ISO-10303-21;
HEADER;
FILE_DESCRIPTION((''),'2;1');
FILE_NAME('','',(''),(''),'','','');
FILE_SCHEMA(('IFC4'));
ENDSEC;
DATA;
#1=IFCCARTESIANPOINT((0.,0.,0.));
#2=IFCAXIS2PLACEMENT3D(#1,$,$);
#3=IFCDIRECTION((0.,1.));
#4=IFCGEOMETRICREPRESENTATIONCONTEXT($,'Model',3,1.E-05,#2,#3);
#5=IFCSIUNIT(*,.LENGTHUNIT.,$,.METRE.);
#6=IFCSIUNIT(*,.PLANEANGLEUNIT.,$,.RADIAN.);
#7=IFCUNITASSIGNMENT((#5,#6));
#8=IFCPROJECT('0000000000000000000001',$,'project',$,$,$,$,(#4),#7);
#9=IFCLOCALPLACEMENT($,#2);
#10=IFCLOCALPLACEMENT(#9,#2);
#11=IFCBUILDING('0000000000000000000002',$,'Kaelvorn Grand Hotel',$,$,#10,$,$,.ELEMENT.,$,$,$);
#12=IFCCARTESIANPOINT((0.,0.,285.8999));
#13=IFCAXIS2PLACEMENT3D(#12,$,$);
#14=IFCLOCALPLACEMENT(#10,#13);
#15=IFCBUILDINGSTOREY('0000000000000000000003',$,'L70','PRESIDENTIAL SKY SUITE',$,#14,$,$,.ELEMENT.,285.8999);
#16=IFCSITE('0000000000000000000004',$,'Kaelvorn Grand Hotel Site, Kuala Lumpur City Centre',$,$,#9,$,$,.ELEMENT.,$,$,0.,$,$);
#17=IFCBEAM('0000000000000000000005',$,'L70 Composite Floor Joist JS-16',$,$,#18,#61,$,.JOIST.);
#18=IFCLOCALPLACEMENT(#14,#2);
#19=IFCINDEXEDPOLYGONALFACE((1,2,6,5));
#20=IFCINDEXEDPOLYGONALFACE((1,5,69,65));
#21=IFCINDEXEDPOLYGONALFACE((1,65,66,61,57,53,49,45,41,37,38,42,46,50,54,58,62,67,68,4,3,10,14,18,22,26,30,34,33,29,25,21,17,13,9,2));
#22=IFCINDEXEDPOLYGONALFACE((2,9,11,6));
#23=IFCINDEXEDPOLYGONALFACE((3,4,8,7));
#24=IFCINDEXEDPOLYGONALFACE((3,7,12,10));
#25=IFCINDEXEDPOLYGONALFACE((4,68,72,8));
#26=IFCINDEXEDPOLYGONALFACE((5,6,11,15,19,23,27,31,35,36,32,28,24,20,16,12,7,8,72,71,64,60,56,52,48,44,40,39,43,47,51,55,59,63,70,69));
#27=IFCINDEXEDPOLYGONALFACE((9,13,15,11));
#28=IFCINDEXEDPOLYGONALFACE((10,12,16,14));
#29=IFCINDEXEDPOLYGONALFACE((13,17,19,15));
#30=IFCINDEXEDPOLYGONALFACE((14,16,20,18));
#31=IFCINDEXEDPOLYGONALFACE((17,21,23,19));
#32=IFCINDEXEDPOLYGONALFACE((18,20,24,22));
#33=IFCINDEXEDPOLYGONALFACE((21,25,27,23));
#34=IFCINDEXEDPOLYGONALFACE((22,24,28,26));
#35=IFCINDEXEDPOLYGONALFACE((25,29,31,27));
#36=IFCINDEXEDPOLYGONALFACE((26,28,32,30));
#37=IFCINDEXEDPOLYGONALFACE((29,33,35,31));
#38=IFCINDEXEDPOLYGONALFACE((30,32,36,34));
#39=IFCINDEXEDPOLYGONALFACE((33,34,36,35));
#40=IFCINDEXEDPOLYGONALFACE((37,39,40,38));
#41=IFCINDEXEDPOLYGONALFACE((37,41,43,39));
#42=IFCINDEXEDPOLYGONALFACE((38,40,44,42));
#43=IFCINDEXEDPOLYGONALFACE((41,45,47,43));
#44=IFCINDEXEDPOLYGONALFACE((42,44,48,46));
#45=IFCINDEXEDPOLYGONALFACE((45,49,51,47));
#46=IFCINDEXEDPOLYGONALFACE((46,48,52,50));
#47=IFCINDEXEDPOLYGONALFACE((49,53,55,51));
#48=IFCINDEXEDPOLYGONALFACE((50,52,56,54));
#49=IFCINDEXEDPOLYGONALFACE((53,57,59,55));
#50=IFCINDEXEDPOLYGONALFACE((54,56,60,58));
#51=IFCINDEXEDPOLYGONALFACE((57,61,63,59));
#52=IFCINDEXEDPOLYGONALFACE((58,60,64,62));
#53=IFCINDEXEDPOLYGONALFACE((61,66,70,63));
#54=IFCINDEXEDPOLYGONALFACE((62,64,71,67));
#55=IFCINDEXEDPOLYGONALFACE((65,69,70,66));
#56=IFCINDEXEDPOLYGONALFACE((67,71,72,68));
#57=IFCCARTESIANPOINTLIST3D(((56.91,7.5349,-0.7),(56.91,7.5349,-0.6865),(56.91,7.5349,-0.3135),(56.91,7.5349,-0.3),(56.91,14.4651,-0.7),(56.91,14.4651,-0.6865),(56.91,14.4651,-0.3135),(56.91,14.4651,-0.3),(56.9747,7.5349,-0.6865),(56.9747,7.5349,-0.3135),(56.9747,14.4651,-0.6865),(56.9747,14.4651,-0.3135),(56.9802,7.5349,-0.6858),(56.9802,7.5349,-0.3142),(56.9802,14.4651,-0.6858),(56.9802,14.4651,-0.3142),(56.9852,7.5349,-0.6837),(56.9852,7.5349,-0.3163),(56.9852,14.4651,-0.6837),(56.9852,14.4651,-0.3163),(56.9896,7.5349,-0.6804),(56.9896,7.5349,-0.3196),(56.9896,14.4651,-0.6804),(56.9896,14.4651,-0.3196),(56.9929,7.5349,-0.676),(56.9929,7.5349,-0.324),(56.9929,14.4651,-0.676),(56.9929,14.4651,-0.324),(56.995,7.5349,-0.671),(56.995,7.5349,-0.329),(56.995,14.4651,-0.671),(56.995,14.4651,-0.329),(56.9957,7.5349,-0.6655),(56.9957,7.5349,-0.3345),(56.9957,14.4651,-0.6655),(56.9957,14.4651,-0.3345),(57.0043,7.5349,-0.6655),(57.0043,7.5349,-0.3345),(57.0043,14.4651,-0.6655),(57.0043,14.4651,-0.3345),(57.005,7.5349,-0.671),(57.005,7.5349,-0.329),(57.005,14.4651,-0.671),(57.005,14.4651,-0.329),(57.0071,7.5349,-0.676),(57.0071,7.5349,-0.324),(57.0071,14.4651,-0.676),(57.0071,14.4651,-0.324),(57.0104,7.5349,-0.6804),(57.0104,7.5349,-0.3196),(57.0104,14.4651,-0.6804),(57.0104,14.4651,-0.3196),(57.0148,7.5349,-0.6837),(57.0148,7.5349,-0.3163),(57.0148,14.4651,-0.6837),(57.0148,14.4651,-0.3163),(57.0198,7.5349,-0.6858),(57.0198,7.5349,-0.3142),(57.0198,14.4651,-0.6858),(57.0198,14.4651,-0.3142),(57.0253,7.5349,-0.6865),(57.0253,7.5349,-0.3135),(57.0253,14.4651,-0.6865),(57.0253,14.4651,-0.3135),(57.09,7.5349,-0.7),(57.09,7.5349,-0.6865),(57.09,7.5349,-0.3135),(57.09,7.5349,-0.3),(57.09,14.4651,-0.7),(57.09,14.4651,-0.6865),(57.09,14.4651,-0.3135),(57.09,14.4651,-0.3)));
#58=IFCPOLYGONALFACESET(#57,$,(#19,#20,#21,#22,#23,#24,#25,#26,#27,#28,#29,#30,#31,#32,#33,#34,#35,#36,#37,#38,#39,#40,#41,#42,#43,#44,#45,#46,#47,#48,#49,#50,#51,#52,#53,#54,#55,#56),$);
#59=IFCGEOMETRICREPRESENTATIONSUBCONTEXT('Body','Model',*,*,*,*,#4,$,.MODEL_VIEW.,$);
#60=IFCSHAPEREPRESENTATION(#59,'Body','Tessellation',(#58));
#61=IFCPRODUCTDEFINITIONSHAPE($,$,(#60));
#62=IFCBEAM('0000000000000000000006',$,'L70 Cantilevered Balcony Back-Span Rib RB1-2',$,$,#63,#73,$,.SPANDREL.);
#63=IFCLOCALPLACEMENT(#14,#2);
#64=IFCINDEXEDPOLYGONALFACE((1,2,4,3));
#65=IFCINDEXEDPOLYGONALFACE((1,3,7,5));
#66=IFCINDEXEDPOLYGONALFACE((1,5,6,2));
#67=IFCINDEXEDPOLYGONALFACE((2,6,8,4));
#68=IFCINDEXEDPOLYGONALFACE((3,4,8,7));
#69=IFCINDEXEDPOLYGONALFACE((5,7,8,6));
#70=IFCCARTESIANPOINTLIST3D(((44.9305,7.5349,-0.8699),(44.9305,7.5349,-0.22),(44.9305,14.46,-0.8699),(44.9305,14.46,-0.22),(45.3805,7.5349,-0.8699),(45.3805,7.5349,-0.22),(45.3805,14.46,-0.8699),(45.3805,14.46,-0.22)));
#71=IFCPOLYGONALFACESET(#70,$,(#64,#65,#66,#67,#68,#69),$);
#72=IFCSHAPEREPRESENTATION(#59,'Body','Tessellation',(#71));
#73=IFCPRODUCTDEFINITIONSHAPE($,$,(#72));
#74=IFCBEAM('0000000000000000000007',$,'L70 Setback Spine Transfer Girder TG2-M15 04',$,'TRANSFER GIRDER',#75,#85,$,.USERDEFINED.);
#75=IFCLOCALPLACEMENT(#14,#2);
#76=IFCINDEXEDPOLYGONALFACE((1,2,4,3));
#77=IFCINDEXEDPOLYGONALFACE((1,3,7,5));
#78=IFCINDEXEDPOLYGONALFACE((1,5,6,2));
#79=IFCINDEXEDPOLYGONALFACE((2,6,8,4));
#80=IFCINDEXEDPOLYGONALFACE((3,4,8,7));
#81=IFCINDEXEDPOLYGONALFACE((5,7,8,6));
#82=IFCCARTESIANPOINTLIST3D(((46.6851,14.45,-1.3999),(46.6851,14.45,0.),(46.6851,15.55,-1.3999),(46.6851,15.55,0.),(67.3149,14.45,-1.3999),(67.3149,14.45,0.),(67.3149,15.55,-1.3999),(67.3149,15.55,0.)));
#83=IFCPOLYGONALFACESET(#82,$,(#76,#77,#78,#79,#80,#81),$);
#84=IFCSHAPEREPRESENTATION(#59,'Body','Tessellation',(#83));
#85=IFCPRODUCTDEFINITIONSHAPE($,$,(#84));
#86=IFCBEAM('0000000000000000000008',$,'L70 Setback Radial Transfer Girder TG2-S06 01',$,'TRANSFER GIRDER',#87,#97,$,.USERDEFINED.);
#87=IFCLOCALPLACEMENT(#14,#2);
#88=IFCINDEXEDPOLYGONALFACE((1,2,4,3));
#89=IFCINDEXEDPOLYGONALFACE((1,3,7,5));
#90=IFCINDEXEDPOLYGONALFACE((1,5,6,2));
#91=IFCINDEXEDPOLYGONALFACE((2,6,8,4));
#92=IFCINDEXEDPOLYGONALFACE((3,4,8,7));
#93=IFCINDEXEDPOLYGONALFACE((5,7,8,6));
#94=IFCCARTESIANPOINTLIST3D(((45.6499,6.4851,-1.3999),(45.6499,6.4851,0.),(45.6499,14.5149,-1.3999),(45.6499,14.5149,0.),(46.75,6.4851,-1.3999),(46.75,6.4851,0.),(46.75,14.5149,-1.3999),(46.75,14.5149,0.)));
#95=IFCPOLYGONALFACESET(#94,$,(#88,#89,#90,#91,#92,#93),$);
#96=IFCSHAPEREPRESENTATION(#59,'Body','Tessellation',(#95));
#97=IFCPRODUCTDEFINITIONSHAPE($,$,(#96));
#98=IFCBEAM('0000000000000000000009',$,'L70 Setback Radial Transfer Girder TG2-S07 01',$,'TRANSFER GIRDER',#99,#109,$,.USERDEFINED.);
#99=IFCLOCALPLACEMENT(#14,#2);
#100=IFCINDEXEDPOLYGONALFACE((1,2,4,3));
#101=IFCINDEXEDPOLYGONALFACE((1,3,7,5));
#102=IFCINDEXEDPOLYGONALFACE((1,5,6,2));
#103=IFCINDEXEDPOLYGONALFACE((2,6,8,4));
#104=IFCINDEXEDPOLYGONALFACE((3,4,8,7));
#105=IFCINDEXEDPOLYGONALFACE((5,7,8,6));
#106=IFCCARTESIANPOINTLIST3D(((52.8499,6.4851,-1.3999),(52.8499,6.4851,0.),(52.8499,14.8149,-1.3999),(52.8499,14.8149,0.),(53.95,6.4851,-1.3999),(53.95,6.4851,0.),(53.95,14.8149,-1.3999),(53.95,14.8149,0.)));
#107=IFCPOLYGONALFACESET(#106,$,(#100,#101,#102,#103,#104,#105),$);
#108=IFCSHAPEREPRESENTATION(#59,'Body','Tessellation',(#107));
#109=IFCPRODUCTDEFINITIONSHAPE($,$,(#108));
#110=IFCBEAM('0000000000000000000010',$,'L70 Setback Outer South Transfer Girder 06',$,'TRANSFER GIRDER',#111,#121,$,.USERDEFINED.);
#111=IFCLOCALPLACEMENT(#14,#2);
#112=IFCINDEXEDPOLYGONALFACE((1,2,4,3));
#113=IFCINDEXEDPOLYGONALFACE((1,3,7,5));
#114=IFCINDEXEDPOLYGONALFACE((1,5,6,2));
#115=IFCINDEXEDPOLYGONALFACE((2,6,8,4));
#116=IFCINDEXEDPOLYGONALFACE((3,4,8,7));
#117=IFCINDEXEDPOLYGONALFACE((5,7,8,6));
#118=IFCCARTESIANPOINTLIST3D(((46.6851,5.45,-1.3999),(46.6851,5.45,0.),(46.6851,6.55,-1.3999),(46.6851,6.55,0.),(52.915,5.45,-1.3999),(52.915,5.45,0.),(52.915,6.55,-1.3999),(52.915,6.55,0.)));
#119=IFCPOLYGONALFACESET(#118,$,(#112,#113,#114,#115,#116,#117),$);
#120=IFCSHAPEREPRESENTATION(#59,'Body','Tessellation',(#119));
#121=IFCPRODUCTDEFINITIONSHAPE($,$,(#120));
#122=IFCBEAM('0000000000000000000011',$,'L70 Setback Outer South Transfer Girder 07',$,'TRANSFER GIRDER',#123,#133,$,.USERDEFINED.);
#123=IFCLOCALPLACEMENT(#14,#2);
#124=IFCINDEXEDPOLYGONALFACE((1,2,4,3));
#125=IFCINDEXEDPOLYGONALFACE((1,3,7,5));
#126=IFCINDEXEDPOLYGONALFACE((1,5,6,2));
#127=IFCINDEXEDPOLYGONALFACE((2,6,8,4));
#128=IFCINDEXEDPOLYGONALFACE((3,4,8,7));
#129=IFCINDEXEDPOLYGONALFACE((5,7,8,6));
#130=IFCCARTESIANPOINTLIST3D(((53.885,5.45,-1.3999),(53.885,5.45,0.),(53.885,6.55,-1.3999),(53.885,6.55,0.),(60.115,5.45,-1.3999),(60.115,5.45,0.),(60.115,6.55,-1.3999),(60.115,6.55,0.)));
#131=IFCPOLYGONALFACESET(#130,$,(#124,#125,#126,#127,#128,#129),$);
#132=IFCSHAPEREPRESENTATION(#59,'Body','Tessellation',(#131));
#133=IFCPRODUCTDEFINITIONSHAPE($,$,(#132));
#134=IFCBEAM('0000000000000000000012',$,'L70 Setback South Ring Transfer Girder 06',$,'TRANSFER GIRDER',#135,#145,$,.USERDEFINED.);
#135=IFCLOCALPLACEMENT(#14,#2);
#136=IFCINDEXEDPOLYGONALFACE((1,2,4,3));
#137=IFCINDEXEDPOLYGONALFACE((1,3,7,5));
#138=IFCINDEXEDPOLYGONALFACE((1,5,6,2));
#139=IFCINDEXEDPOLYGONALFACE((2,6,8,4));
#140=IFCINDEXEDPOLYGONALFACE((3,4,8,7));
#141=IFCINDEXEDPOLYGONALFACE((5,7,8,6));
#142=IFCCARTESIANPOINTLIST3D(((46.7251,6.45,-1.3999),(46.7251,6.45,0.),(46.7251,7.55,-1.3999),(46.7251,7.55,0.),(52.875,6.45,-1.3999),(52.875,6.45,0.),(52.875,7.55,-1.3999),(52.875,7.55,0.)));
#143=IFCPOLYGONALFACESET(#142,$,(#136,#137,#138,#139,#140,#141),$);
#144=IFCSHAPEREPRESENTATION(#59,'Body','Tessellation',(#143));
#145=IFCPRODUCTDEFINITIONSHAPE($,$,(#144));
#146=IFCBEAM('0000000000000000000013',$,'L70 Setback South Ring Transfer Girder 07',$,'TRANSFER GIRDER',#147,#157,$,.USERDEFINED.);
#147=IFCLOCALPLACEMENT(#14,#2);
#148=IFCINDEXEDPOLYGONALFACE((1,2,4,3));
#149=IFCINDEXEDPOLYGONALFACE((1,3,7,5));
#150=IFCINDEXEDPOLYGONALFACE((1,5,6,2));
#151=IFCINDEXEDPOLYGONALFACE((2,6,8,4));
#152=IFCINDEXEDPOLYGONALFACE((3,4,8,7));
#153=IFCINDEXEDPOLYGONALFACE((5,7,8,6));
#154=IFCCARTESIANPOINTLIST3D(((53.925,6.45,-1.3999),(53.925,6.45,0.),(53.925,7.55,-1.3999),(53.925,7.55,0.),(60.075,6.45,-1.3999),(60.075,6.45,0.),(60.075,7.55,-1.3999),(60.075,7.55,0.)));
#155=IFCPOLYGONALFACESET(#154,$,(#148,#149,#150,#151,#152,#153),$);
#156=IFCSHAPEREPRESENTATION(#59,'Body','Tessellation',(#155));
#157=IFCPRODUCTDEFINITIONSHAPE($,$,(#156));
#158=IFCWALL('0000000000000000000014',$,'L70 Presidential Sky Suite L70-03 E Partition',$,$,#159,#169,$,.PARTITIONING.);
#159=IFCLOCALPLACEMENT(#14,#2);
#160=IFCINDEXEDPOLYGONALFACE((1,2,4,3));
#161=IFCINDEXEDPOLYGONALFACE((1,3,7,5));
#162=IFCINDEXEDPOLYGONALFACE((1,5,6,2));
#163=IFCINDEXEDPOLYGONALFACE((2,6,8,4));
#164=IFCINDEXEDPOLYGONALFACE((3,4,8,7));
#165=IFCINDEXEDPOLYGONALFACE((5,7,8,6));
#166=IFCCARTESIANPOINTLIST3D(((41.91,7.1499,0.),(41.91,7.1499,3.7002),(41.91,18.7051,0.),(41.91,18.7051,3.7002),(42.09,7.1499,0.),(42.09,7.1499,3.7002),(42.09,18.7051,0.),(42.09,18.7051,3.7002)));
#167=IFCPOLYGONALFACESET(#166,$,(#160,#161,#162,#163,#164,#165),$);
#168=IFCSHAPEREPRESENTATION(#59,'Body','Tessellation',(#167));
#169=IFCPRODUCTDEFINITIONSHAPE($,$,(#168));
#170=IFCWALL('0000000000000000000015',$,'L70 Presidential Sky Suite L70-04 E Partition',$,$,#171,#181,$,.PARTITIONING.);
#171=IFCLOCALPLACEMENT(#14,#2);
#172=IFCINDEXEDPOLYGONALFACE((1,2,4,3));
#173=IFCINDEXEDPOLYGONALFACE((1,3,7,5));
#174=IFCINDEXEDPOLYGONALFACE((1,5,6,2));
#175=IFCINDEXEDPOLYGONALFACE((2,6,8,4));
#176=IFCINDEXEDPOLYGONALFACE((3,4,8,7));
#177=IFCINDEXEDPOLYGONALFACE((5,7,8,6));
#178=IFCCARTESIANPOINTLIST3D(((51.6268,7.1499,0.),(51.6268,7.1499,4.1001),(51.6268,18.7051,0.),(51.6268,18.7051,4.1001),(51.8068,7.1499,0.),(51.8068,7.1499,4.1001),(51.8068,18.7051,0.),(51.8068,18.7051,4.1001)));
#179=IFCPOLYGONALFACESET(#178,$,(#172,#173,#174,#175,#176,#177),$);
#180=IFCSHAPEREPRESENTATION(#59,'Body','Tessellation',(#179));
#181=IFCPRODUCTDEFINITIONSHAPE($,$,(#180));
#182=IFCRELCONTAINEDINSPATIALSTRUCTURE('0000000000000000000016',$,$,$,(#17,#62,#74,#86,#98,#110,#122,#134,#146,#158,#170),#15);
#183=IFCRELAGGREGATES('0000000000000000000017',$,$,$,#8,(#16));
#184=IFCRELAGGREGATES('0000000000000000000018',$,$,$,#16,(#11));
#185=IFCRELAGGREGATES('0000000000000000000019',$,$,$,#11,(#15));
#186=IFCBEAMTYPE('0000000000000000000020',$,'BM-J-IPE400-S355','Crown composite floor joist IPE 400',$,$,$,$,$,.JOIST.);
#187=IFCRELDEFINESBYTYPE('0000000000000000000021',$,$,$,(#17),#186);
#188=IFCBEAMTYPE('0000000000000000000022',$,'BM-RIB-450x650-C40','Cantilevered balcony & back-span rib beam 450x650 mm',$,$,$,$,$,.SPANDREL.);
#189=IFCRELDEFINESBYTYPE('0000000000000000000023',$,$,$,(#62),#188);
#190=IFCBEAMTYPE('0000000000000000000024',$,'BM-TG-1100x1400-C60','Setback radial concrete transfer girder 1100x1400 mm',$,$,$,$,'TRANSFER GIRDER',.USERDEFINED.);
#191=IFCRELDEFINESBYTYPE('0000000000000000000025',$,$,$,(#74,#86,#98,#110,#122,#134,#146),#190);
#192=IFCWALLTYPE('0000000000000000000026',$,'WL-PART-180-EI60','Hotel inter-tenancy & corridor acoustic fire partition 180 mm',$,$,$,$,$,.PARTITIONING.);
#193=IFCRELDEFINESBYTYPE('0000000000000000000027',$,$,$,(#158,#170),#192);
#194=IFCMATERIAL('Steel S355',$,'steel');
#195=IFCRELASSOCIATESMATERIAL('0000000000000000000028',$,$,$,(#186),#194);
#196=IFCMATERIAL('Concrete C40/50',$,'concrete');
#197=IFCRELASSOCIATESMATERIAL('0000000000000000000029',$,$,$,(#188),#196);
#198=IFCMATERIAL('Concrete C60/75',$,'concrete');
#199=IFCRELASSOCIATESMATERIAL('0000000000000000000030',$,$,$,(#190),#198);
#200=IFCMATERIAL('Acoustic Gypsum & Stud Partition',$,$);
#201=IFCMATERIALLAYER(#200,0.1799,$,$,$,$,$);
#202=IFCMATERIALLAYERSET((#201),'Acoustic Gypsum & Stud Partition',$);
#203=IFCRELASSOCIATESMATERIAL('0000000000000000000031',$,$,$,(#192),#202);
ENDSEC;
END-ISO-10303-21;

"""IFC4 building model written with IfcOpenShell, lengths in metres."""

from ifc_helpers import new_model, si_unit, direction, frame, frame_2d, origin, origin_2d, place, context, subcontext, project, spatial, rectangle, i_section, extrude, material, layer, layer_set, material_profile, profile_set, type_object, element, save


model = new_model("IFC4")

# Units and contexts
model_context = context("Model", 3, precision=1e-05, world=origin(), true_north=direction((0.0, 1.0)))
body_context = subcontext(model_context, "Body", "Model", "MODEL_VIEW")
ifc_project = project(units=[si_unit("LENGTHUNIT", "METRE"), si_unit("PLANEANGLEUNIT", "RADIAN")], contexts=[model_context])

# Site, building, storey
site_placement = place(None, origin())
site = spatial("IfcSite", under=ifc_project, at=site_placement, Name="Kaelvorn Grand Hotel Site, Kuala Lumpur City Centre", CompositionType="ELEMENT", RefElevation=0.0)
building_placement = place(site_placement, origin())
building = spatial("IfcBuilding", under=site, at=building_placement, Name="Kaelvorn Grand Hotel", CompositionType="ELEMENT")
storey_placement = place(building_placement, frame((0.0, 0.0, 285.8999)))
storey = spatial("IfcBuildingStorey", under=building, at=storey_placement, Name="L70", Description="PRESIDENTIAL SKY SUITE", CompositionType="ELEMENT", Elevation=285.8999)

# Beams
ifc_material_1 = material(Name="Steel S355", Category="steel")
ifc_material_profile_1 = material_profile(ifc_material_1, i_section(OverallWidth=0.1799, OverallDepth=0.3999, WebThickness=0.0085, FlangeThickness=0.0134, FilletRadius=0.021, at=origin_2d()), Name="IPE 400")
ifc_profile_set_1 = profile_set([ifc_material_profile_1], Name="Steel S355")
beam_type_1 = type_object("IfcBeamType", Name="BM-J-IPE400-S355", Description="Crown composite floor joist IPE 400", PredefinedType="JOIST", material=ifc_profile_set_1)
for number, where, z_axis, x_axis, name in (
    (1, (57.0, 7.5349, -0.5), (0.0, 1.0, 0.0), (-1.0, 0.0, 0.0), "L70 Composite Floor Joist JS-16"),
):
    element("IfcBeam", number, at=place(storey_placement, frame(where, z_axis=z_axis, x_axis=x_axis)), inside=storey, type_object=beam_type_1, Name=name, PredefinedType="JOIST", context=body_context, shape_type="SweptSolid", body=[
        extrude(i_section(OverallWidth=0.1799, OverallDepth=0.3999, WebThickness=0.0085, FlangeThickness=0.0134, FilletRadius=0.021, at=origin_2d()), origin(), (0.0, 0.0, 1.0), 6.9302),
    ])
ifc_material_2 = material(Name="Concrete C40/50", Category="concrete")
ifc_material_profile_2 = material_profile(ifc_material_2, rectangle(XDim=0.45, YDim=0.6499, at=origin_2d()), Name="RC RIB 450x650")
ifc_profile_set_2 = profile_set([ifc_material_profile_2], Name="Concrete C40/50")
beam_type_2 = type_object("IfcBeamType", Name="BM-RIB-450x650-C40", Description="Cantilevered balcony & back-span rib beam 450x650 mm", PredefinedType="SPANDREL", material=ifc_profile_set_2)
beam_1_placement = place(storey_placement, frame((45.1555, 7.5349, -0.5449), z_axis=(0.0, 1.0, 0.0), x_axis=(-1.0, 0.0, 0.0)))
element("IfcBeam", 2, at=beam_1_placement, inside=storey, type_object=beam_type_2, Name="L70 Cantilevered Balcony Back-Span Rib RB1-2", PredefinedType="SPANDREL", context=body_context, shape_type="SweptSolid", body=[
    extrude(rectangle(XDim=0.45, YDim=0.6499, at=origin_2d()), origin(), (0.0, 0.0, 1.0), 6.925),
])
ifc_material_3 = material(Name="Concrete C60/75", Category="concrete")
ifc_material_profile_3 = material_profile(ifc_material_3, rectangle(XDim=1.1001, YDim=1.3999, at=origin_2d()), Name="RC TG 1100x1400")
ifc_profile_set_3 = profile_set([ifc_material_profile_3], Name="Concrete C60/75")
beam_type_3 = type_object("IfcBeamType", Name="BM-TG-1100x1400-C60", Description="Setback radial concrete transfer girder 1100x1400 mm", ElementType="TRANSFER GIRDER", PredefinedType="USERDEFINED", material=ifc_profile_set_3)
beam_2_placement = place(storey_placement, frame((46.6851, 15.0, -0.7), z_axis=(1.0, 0.0, 0.0), x_axis=(0.0, 1.0, 0.0)))
element("IfcBeam", 3, at=beam_2_placement, inside=storey, type_object=beam_type_3, Name="L70 Setback Spine Transfer Girder TG2-M15 04", ObjectType="TRANSFER GIRDER", PredefinedType="USERDEFINED", context=body_context, shape_type="SweptSolid", body=[
    extrude(rectangle(XDim=1.1001, YDim=1.3999, at=origin_2d()), origin(), (0.0, 0.0, 1.0), 20.6299),
])
beam_3_placement = place(storey_placement, frame((46.2, 6.4851, -0.7), z_axis=(0.0, 1.0, 0.0), x_axis=(-1.0, 0.0, 0.0)))
element("IfcBeam", 4, at=beam_3_placement, inside=storey, type_object=beam_type_3, Name="L70 Setback Radial Transfer Girder TG2-S06 01", ObjectType="TRANSFER GIRDER", PredefinedType="USERDEFINED", context=body_context, shape_type="SweptSolid", body=[
    extrude(rectangle(XDim=1.1001, YDim=1.3999, at=origin_2d()), origin(), (0.0, 0.0, 1.0), 8.0298),
])
beam_4_placement = place(storey_placement, frame((53.3999, 6.4851, -0.7), z_axis=(0.0, 1.0, 0.0), x_axis=(-1.0, 0.0, 0.0)))
element("IfcBeam", 5, at=beam_4_placement, inside=storey, type_object=beam_type_3, Name="L70 Setback Radial Transfer Girder TG2-S07 01", ObjectType="TRANSFER GIRDER", PredefinedType="USERDEFINED", context=body_context, shape_type="SweptSolid", body=[
    extrude(rectangle(XDim=1.1001, YDim=1.3999, at=origin_2d()), origin(), (0.0, 0.0, 1.0), 8.3298),
])
for number, where, z_axis, x_axis, name in (
    (6, (46.6851, 6.0, -0.7), (1.0, 0.0, 0.0), (0.0, 1.0, 0.0), "L70 Setback Outer South Transfer Girder 06"),
    (7, (53.885, 6.0, -0.7), (1.0, 0.0, 0.0), (0.0, 1.0, 0.0), "L70 Setback Outer South Transfer Girder 07"),
):
    element("IfcBeam", number, at=place(storey_placement, frame(where, z_axis=z_axis, x_axis=x_axis)), inside=storey, type_object=beam_type_3, Name=name, ObjectType="TRANSFER GIRDER", PredefinedType="USERDEFINED", context=body_context, shape_type="SweptSolid", body=[
        extrude(rectangle(XDim=1.1001, YDim=1.3999, at=origin_2d()), origin(), (0.0, 0.0, 1.0), 6.23),
    ])
for number, where, z_axis, x_axis, name in (
    (8, (46.7251, 7.0, -0.7), (1.0, 0.0, 0.0), (0.0, 1.0, 0.0), "L70 Setback South Ring Transfer Girder 06"),
    (9, (53.925, 7.0, -0.7), (1.0, 0.0, 0.0), (0.0, 1.0, 0.0), "L70 Setback South Ring Transfer Girder 07"),
):
    element("IfcBeam", number, at=place(storey_placement, frame(where, z_axis=z_axis, x_axis=x_axis)), inside=storey, type_object=beam_type_3, Name=name, ObjectType="TRANSFER GIRDER", PredefinedType="USERDEFINED", context=body_context, shape_type="SweptSolid", body=[
        extrude(rectangle(XDim=1.1001, YDim=1.3999, at=origin_2d()), origin(), (0.0, 0.0, 1.0), 6.1499),
    ])

# Walls
ifc_material_4 = material(Name="Acoustic Gypsum & Stud Partition")
ifc_layer_1 = layer(ifc_material_4, 0.1799)
ifc_layer_set_1 = layer_set([ifc_layer_1], Name="Acoustic Gypsum & Stud Partition")
wall_type = type_object("IfcWallType", Name="WL-PART-180-EI60", Description="Hotel inter-tenancy & corridor acoustic fire partition 180 mm", PredefinedType="PARTITIONING", material=ifc_layer_set_1)
wall_1_placement = place(storey_placement, frame((42.0, 7.1499, 0.0), z_axis=(0.0, 0.0, 1.0), x_axis=(0.0, 1.0, 0.0)))
element("IfcWall", 10, at=wall_1_placement, inside=storey, type_object=wall_type, Name="L70 Presidential Sky Suite L70-03 E Partition", PredefinedType="PARTITIONING", context=body_context, shape_type="SweptSolid", body=[
    extrude(rectangle(XDim=11.5552, YDim=0.1799, at=frame_2d((5.7776, 0.0))), origin(), (0.0, 0.0, 1.0), 3.7002),
])
wall_2_placement = place(storey_placement, frame((51.7168, 7.1499, 0.0), z_axis=(0.0, 0.0, 1.0), x_axis=(0.0, 1.0, 0.0)))
element("IfcWall", 11, at=wall_2_placement, inside=storey, type_object=wall_type, Name="L70 Presidential Sky Suite L70-04 E Partition", PredefinedType="PARTITIONING", context=body_context, shape_type="SweptSolid", body=[
    extrude(rectangle(XDim=11.5552, YDim=0.1799, at=frame_2d((5.7776, 0.0))), origin(), (0.0, 0.0, 1.0), 4.1001),
])

save(model, "model.ifc")
